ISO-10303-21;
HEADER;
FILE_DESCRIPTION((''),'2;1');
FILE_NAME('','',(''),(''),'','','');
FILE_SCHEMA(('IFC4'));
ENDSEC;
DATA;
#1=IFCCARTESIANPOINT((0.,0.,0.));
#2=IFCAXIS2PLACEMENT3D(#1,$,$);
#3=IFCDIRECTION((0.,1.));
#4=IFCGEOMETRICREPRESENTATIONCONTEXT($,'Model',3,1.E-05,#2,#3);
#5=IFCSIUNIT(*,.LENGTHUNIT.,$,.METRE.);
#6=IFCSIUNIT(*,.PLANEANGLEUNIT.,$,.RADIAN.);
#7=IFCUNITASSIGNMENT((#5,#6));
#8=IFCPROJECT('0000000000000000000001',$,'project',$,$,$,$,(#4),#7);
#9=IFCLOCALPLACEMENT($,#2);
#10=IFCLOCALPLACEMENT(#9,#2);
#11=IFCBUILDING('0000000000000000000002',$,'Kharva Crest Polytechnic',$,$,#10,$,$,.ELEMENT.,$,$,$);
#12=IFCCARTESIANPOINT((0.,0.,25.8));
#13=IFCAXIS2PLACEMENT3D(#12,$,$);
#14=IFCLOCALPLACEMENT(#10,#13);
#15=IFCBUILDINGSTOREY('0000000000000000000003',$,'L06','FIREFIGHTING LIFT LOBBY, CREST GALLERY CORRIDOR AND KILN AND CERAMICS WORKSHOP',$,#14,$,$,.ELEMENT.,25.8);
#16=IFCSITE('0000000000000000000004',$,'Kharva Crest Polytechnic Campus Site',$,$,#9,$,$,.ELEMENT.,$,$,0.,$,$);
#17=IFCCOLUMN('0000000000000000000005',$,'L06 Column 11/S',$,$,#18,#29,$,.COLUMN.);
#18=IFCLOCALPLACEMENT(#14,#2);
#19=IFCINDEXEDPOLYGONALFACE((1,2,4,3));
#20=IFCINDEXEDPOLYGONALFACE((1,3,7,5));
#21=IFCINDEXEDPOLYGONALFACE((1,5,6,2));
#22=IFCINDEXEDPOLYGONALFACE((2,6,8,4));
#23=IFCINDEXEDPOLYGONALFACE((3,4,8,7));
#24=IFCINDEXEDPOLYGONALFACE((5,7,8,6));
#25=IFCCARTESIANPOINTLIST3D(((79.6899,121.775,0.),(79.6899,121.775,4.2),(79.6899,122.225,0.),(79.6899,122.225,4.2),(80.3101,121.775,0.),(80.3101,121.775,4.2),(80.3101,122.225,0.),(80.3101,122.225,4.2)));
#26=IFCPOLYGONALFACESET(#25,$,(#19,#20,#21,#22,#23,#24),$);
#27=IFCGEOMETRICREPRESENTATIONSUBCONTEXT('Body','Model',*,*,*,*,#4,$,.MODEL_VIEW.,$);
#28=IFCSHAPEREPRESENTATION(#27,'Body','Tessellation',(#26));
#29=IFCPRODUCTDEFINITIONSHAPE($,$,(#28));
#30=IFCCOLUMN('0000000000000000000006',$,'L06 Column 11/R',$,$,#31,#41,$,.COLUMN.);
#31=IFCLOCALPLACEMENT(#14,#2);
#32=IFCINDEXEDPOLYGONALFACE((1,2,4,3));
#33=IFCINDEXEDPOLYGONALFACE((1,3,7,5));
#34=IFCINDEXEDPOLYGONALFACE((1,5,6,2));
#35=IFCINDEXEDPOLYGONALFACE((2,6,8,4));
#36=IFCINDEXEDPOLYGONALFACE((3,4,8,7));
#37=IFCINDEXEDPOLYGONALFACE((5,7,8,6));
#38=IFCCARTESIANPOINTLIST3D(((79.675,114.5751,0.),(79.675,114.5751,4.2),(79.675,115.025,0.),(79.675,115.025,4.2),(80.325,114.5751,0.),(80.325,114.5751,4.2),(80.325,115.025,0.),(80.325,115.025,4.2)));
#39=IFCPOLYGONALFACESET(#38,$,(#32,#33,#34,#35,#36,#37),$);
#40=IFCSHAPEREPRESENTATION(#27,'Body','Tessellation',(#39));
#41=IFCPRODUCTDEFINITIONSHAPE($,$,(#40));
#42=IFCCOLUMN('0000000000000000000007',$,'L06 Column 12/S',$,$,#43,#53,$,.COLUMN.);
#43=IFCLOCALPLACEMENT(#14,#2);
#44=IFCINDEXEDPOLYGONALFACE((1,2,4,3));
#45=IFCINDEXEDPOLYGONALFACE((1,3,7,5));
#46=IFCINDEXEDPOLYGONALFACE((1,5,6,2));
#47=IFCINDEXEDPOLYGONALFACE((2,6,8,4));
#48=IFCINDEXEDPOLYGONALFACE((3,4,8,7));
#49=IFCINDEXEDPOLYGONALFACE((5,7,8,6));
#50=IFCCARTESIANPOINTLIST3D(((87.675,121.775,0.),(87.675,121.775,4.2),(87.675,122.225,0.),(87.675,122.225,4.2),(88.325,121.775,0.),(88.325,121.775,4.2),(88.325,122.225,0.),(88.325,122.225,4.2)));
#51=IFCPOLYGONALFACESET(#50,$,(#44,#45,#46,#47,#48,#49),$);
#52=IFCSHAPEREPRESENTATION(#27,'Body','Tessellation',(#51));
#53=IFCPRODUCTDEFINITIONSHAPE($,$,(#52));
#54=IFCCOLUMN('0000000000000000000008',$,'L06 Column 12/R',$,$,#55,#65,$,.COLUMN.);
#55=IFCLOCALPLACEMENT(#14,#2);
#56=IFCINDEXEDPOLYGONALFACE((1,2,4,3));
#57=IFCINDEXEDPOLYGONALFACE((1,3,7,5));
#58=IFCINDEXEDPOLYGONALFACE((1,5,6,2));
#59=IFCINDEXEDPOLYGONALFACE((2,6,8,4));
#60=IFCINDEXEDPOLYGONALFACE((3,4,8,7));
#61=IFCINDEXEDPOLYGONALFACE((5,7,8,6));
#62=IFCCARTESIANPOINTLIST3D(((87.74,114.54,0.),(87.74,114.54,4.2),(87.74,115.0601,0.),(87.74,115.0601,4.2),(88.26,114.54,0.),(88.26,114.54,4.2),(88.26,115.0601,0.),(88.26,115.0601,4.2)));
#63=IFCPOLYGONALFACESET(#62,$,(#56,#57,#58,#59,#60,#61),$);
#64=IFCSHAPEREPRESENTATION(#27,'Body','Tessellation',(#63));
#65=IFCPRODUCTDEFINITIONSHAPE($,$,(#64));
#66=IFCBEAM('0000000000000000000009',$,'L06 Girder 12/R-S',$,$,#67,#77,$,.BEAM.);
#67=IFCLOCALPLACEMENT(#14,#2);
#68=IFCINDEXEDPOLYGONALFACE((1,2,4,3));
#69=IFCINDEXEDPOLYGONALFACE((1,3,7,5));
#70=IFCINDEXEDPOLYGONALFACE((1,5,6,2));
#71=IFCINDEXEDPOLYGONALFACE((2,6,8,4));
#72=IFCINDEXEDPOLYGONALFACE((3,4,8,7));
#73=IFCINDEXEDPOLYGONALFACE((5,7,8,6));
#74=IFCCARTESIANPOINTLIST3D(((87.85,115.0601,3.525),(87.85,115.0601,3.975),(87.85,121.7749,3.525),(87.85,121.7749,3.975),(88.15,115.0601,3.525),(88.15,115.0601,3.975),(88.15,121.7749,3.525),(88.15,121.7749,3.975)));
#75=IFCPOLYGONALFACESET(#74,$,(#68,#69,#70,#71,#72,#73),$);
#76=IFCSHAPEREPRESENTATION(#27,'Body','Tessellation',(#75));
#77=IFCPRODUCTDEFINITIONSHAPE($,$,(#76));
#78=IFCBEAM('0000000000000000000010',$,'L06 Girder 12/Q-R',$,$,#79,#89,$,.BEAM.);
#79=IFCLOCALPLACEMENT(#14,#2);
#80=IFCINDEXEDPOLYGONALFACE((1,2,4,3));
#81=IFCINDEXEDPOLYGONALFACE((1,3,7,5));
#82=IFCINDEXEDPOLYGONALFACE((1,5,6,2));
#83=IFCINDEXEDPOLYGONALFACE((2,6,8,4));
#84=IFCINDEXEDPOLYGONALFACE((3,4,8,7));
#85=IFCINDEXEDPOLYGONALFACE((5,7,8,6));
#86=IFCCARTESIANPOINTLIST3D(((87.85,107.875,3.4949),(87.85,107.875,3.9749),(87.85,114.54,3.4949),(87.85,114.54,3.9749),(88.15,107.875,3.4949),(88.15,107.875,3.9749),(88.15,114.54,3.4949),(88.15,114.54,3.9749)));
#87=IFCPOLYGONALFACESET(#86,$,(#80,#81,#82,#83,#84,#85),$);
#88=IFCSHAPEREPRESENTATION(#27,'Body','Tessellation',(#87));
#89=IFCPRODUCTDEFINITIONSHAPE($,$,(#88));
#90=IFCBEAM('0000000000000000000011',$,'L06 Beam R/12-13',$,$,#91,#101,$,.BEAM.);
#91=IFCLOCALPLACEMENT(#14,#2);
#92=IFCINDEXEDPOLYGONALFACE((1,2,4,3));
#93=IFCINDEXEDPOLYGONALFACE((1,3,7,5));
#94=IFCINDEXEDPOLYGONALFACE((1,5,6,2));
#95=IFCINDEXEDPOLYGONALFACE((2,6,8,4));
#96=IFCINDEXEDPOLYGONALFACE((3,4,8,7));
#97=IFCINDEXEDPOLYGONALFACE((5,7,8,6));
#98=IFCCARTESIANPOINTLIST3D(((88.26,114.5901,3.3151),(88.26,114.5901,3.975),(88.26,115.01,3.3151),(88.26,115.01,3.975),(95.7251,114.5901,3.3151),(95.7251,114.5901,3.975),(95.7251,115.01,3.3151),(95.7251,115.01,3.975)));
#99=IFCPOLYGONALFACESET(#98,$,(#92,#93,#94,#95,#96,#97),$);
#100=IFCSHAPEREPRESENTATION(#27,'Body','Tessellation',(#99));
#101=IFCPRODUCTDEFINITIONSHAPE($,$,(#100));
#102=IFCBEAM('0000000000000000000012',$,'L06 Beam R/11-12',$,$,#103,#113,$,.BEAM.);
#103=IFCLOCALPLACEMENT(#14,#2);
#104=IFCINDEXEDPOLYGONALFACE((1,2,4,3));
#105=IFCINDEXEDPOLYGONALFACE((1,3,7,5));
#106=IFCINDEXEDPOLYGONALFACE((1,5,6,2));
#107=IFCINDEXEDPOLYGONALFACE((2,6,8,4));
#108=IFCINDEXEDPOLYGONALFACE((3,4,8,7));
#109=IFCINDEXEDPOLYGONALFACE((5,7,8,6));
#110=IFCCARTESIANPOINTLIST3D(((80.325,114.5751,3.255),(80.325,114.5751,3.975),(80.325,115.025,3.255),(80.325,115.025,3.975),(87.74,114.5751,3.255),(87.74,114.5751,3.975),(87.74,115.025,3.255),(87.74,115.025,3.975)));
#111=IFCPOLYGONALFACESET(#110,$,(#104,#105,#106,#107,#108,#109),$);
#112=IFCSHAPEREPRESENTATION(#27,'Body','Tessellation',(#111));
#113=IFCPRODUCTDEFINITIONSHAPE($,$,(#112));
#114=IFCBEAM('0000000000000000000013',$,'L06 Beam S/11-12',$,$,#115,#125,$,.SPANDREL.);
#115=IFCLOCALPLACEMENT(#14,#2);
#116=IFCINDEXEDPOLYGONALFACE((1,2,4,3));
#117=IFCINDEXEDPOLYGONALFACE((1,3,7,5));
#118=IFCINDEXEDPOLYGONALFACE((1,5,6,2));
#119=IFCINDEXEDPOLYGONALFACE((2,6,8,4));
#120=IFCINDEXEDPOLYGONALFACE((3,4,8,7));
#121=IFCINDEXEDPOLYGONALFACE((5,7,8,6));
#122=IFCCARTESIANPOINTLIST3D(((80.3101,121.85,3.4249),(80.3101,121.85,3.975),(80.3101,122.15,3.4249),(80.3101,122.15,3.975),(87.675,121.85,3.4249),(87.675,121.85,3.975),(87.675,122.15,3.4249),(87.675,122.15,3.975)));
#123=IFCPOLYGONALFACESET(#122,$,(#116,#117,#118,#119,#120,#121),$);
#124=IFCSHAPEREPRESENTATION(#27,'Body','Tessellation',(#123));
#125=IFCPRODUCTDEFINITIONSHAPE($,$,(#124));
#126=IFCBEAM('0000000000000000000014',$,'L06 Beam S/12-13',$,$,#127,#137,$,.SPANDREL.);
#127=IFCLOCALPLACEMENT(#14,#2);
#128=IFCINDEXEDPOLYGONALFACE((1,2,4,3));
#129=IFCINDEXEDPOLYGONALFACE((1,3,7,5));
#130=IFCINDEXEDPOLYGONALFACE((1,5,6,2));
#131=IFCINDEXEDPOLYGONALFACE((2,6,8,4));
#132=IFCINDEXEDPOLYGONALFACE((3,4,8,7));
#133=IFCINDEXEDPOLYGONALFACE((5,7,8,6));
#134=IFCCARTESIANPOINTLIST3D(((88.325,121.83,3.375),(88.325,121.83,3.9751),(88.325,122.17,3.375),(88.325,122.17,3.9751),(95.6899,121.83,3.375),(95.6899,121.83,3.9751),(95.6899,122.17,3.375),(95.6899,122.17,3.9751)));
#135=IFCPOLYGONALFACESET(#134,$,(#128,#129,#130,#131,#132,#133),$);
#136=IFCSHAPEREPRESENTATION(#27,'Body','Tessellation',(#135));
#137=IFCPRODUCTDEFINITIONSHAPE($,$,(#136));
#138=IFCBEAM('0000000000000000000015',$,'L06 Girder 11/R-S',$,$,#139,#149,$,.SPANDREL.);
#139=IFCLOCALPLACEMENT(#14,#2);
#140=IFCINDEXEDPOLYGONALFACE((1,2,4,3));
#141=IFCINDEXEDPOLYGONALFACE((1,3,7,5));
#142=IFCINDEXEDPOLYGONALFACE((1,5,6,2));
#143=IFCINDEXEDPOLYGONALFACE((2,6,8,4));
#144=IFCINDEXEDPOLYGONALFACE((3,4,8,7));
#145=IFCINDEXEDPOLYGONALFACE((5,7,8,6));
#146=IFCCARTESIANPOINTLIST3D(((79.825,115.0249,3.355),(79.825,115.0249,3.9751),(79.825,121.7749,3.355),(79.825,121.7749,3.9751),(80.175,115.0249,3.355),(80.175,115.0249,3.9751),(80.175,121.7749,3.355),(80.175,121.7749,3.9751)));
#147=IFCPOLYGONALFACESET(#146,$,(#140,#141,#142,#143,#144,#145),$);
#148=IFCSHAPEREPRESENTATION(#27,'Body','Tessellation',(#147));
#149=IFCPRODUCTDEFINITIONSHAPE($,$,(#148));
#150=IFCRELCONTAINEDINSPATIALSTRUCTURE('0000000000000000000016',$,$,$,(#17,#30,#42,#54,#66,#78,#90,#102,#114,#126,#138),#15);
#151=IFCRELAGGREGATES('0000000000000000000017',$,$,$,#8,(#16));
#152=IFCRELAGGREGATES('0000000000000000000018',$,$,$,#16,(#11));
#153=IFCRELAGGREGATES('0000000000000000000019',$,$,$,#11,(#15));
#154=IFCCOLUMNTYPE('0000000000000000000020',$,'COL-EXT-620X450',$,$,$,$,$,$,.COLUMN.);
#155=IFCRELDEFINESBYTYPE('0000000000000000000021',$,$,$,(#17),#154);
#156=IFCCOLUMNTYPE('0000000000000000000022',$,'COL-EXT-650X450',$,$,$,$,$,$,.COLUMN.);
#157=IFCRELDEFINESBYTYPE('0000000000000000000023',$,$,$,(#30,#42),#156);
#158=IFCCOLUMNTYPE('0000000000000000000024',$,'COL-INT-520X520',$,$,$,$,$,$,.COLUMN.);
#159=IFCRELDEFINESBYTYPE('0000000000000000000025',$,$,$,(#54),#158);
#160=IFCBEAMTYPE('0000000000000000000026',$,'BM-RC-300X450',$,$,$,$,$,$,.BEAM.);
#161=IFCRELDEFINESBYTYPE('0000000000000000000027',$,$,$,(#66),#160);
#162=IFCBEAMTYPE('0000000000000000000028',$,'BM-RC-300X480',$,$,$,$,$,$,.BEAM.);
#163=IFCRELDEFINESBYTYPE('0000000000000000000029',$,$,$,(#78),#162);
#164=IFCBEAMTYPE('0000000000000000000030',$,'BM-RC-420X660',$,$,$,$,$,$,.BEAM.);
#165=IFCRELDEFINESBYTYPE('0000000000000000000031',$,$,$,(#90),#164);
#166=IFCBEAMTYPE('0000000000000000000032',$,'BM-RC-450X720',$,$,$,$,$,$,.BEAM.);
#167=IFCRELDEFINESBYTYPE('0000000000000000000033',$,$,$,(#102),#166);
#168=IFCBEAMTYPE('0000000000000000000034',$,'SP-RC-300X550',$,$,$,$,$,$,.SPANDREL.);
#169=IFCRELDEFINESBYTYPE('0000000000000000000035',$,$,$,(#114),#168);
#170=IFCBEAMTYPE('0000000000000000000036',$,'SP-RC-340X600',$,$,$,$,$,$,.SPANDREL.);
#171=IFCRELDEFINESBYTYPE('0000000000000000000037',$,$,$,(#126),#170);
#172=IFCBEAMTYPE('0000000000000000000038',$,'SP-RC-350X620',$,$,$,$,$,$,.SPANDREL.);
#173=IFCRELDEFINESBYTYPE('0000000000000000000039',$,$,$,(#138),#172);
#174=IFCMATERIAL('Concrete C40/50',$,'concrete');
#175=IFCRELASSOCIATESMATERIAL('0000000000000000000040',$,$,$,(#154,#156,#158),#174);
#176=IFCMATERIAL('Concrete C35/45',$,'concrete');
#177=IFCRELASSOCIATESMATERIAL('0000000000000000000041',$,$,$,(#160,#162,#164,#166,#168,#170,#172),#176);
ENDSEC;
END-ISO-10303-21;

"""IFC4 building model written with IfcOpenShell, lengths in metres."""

from ifc_helpers import new_model, si_unit, direction, frame, origin, origin_2d, place, context, subcontext, project, spatial, rectangle, extrude, material, material_profile, profile_set, type_object, element, save


model = new_model("IFC4")

# Units and contexts
model_context = context("Model", 3, precision=1e-05, world=origin(), true_north=direction((0.0, 1.0)))
body_context = subcontext(model_context, "Body", "Model", "MODEL_VIEW")
ifc_project = project(units=[si_unit("LENGTHUNIT", "METRE"), si_unit("PLANEANGLEUNIT", "RADIAN")], contexts=[model_context])

# Site, building, storey
site_placement = place(None, origin())
site = spatial("IfcSite", under=ifc_project, at=site_placement, Name="Kharva Crest Polytechnic Campus Site", CompositionType="ELEMENT", RefElevation=0.0)
building_placement = place(site_placement, origin())
building = spatial("IfcBuilding", under=site, at=building_placement, Name="Kharva Crest Polytechnic", CompositionType="ELEMENT")
storey_placement = place(building_placement, frame((0.0, 0.0, 25.8)))
storey = spatial("IfcBuildingStorey", under=building, at=storey_placement, Name="L06", Description="FIREFIGHTING LIFT LOBBY, CREST GALLERY CORRIDOR AND KILN AND CERAMICS WORKSHOP", CompositionType="ELEMENT", Elevation=25.8)

# Columns
ifc_material_1 = material(Name="Concrete C40/50", Category="concrete")
ifc_material_profile_1 = material_profile(ifc_material_1, rectangle(XDim=0.6201, YDim=0.45, at=origin_2d()), Name="RECT 620 X 450")
ifc_profile_set_1 = profile_set([ifc_material_profile_1], Name="Concrete C40/50")
column_type_1 = type_object("IfcColumnType", Name="COL-EXT-620X450", PredefinedType="COLUMN", material=ifc_profile_set_1)
column_1_placement = place(storey_placement, frame((80.0, 122.0, 0.0), z_axis=(0.0, 0.0, 1.0), x_axis=(1.0, 0.0, 0.0)))
element("IfcColumn", 1, at=column_1_placement, inside=storey, type_object=column_type_1, Name="L06 Column 11/S", PredefinedType="COLUMN", context=body_context, shape_type="SweptSolid", body=[
    extrude(rectangle(XDim=0.6201, YDim=0.45, at=origin_2d()), origin(), (0.0, 0.0, 1.0), 4.2),
])
ifc_material_profile_2 = material_profile(ifc_material_1, rectangle(XDim=0.6499, YDim=0.45, at=origin_2d()), Name="RECT 650 X 450")
ifc_profile_set_2 = profile_set([ifc_material_profile_2], Name="Concrete C40/50")
column_type_2 = type_object("IfcColumnType", Name="COL-EXT-650X450", PredefinedType="COLUMN", material=ifc_profile_set_2)
for number, where, z_axis, x_axis, name in (
    (2, (80.0, 114.8, 0.0), (0.0, 0.0, 1.0), (1.0, 0.0, 0.0), "L06 Column 11/R"),
    (3, (88.0, 122.0, 0.0), (0.0, 0.0, 1.0), (1.0, 0.0, 0.0), "L06 Column 12/S"),
):
    element("IfcColumn", number, at=place(storey_placement, frame(where, z_axis=z_axis, x_axis=x_axis)), inside=storey, type_object=column_type_2, Name=name, PredefinedType="COLUMN", context=body_context, shape_type="SweptSolid", body=[
        extrude(rectangle(XDim=0.6499, YDim=0.45, at=origin_2d()), origin(), (0.0, 0.0, 1.0), 4.2),
    ])
ifc_material_profile_3 = material_profile(ifc_material_1, rectangle(XDim=0.52, YDim=0.52, at=origin_2d()), Name="RECT 520 X 520")
ifc_profile_set_3 = profile_set([ifc_material_profile_3], Name="Concrete C40/50")
column_type_3 = type_object("IfcColumnType", Name="COL-INT-520X520", PredefinedType="COLUMN", material=ifc_profile_set_3)
column_2_placement = place(storey_placement, frame((88.0, 114.8, 0.0), z_axis=(0.0, 0.0, 1.0), x_axis=(1.0, 0.0, 0.0)))
element("IfcColumn", 4, at=column_2_placement, inside=storey, type_object=column_type_3, Name="L06 Column 12/R", PredefinedType="COLUMN", context=body_context, shape_type="SweptSolid", body=[
    extrude(rectangle(XDim=0.52, YDim=0.52, at=origin_2d()), origin(), (0.0, 0.0, 1.0), 4.2),
])

# Beams
ifc_material_2 = material(Name="Concrete C35/45", Category="concrete")
ifc_material_profile_4 = material_profile(ifc_material_2, rectangle(XDim=0.3, YDim=0.45, at=origin_2d()), Name="RECT 300 X 450")
ifc_profile_set_4 = profile_set([ifc_material_profile_4], Name="Concrete C35/45")
beam_type_1 = type_object("IfcBeamType", Name="BM-RC-300X450", PredefinedType="BEAM", material=ifc_profile_set_4)
beam_1_placement = place(storey_placement, frame((88.0, 115.0601, 3.75), z_axis=(0.0, 1.0, 0.0), x_axis=(-1.0, 0.0, 0.0)))
element("IfcBeam", 5, at=beam_1_placement, inside=storey, type_object=beam_type_1, Name="L06 Girder 12/R-S", PredefinedType="BEAM", context=body_context, shape_type="SweptSolid", body=[
    extrude(rectangle(XDim=0.3, YDim=0.45, at=origin_2d()), origin(), (0.0, 0.0, 1.0), 6.7148),
])
ifc_material_profile_5 = material_profile(ifc_material_2, rectangle(XDim=0.3, YDim=0.48, at=origin_2d()), Name="RECT 300 X 480")
ifc_profile_set_5 = profile_set([ifc_material_profile_5], Name="Concrete C35/45")
beam_type_2 = type_object("IfcBeamType", Name="BM-RC-300X480", PredefinedType="BEAM", material=ifc_profile_set_5)
beam_2_placement = place(storey_placement, frame((88.0, 107.875, 3.7349), z_axis=(0.0, 1.0, 0.0), x_axis=(-1.0, 0.0, 0.0)))
element("IfcBeam", 6, at=beam_2_placement, inside=storey, type_object=beam_type_2, Name="L06 Girder 12/Q-R", PredefinedType="BEAM", context=body_context, shape_type="SweptSolid", body=[
    extrude(rectangle(XDim=0.3, YDim=0.48, at=origin_2d()), origin(), (0.0, 0.0, 1.0), 6.665),
])
ifc_material_profile_6 = material_profile(ifc_material_2, rectangle(XDim=0.4199, YDim=0.6599, at=origin_2d()), Name="RECT 420 X 660")
ifc_profile_set_6 = profile_set([ifc_material_profile_6], Name="Concrete C35/45")
beam_type_3 = type_object("IfcBeamType", Name="BM-RC-420X660", PredefinedType="BEAM", material=ifc_profile_set_6)
beam_3_placement = place(storey_placement, frame((88.26, 114.8, 3.645), z_axis=(1.0, 0.0, 0.0), x_axis=(0.0, 1.0, 0.0)))
element("IfcBeam", 7, at=beam_3_placement, inside=storey, type_object=beam_type_3, Name="L06 Beam R/12-13", PredefinedType="BEAM", context=body_context, shape_type="SweptSolid", body=[
    extrude(rectangle(XDim=0.4199, YDim=0.6599, at=origin_2d()), origin(), (0.0, 0.0, 1.0), 7.4651),
])
ifc_material_profile_7 = material_profile(ifc_material_2, rectangle(XDim=0.45, YDim=0.72, at=origin_2d()), Name="RECT 450 X 720")
ifc_profile_set_7 = profile_set([ifc_material_profile_7], Name="Concrete C35/45")
beam_type_4 = type_object("IfcBeamType", Name="BM-RC-450X720", PredefinedType="BEAM", material=ifc_profile_set_7)
beam_4_placement = place(storey_placement, frame((80.325, 114.8, 3.615), z_axis=(1.0, 0.0, 0.0), x_axis=(0.0, 1.0, 0.0)))
element("IfcBeam", 8, at=beam_4_placement, inside=storey, type_object=beam_type_4, Name="L06 Beam R/11-12", PredefinedType="BEAM", context=body_context, shape_type="SweptSolid", body=[
    extrude(rectangle(XDim=0.45, YDim=0.72, at=origin_2d()), origin(), (0.0, 0.0, 1.0), 7.415),
])
ifc_material_profile_8 = material_profile(ifc_material_2, rectangle(XDim=0.3, YDim=0.55, at=origin_2d()), Name="RECT 300 X 550")
ifc_profile_set_8 = profile_set([ifc_material_profile_8], Name="Concrete C35/45")
beam_type_5 = type_object("IfcBeamType", Name="SP-RC-300X550", PredefinedType="SPANDREL", material=ifc_profile_set_8)
beam_5_placement = place(storey_placement, frame((80.3101, 122.0, 3.7), z_axis=(1.0, 0.0, 0.0), x_axis=(0.0, 1.0, 0.0)))
element("IfcBeam", 9, at=beam_5_placement, inside=storey, type_object=beam_type_5, Name="L06 Beam S/11-12", PredefinedType="SPANDREL", context=body_context, shape_type="SweptSolid", body=[
    extrude(rectangle(XDim=0.3, YDim=0.55, at=origin_2d()), origin(), (0.0, 0.0, 1.0), 7.365),
])
ifc_material_profile_9 = material_profile(ifc_material_2, rectangle(XDim=0.3401, YDim=0.6001, at=origin_2d()), Name="RECT 340 X 600")
ifc_profile_set_9 = profile_set([ifc_material_profile_9], Name="Concrete C35/45")
beam_type_6 = type_object("IfcBeamType", Name="SP-RC-340X600", PredefinedType="SPANDREL", material=ifc_profile_set_9)
beam_6_placement = place(storey_placement, frame((88.325, 122.0, 3.675), z_axis=(1.0, 0.0, 0.0), x_axis=(0.0, 1.0, 0.0)))
element("IfcBeam", 10, at=beam_6_placement, inside=storey, type_object=beam_type_6, Name="L06 Beam S/12-13", PredefinedType="SPANDREL", context=body_context, shape_type="SweptSolid", body=[
    extrude(rectangle(XDim=0.3401, YDim=0.6001, at=origin_2d()), origin(), (0.0, 0.0, 1.0), 7.365),
])
ifc_material_profile_10 = material_profile(ifc_material_2, rectangle(XDim=0.3501, YDim=0.6201, at=origin_2d()), Name="RECT 350 X 620")
ifc_profile_set_10 = profile_set([ifc_material_profile_10], Name="Concrete C35/45")
beam_type_7 = type_object("IfcBeamType", Name="SP-RC-350X620", PredefinedType="SPANDREL", material=ifc_profile_set_10)
beam_7_placement = place(storey_placement, frame((80.0, 115.0249, 3.665), z_axis=(0.0, 1.0, 0.0), x_axis=(-1.0, 0.0, 0.0)))
element("IfcBeam", 11, at=beam_7_placement, inside=storey, type_object=beam_type_7, Name="L06 Girder 11/R-S", PredefinedType="SPANDREL", context=body_context, shape_type="SweptSolid", body=[
    extrude(rectangle(XDim=0.3501, YDim=0.6201, at=origin_2d()), origin(), (0.0, 0.0, 1.0), 6.75),
])

save(model, "model.ifc")
